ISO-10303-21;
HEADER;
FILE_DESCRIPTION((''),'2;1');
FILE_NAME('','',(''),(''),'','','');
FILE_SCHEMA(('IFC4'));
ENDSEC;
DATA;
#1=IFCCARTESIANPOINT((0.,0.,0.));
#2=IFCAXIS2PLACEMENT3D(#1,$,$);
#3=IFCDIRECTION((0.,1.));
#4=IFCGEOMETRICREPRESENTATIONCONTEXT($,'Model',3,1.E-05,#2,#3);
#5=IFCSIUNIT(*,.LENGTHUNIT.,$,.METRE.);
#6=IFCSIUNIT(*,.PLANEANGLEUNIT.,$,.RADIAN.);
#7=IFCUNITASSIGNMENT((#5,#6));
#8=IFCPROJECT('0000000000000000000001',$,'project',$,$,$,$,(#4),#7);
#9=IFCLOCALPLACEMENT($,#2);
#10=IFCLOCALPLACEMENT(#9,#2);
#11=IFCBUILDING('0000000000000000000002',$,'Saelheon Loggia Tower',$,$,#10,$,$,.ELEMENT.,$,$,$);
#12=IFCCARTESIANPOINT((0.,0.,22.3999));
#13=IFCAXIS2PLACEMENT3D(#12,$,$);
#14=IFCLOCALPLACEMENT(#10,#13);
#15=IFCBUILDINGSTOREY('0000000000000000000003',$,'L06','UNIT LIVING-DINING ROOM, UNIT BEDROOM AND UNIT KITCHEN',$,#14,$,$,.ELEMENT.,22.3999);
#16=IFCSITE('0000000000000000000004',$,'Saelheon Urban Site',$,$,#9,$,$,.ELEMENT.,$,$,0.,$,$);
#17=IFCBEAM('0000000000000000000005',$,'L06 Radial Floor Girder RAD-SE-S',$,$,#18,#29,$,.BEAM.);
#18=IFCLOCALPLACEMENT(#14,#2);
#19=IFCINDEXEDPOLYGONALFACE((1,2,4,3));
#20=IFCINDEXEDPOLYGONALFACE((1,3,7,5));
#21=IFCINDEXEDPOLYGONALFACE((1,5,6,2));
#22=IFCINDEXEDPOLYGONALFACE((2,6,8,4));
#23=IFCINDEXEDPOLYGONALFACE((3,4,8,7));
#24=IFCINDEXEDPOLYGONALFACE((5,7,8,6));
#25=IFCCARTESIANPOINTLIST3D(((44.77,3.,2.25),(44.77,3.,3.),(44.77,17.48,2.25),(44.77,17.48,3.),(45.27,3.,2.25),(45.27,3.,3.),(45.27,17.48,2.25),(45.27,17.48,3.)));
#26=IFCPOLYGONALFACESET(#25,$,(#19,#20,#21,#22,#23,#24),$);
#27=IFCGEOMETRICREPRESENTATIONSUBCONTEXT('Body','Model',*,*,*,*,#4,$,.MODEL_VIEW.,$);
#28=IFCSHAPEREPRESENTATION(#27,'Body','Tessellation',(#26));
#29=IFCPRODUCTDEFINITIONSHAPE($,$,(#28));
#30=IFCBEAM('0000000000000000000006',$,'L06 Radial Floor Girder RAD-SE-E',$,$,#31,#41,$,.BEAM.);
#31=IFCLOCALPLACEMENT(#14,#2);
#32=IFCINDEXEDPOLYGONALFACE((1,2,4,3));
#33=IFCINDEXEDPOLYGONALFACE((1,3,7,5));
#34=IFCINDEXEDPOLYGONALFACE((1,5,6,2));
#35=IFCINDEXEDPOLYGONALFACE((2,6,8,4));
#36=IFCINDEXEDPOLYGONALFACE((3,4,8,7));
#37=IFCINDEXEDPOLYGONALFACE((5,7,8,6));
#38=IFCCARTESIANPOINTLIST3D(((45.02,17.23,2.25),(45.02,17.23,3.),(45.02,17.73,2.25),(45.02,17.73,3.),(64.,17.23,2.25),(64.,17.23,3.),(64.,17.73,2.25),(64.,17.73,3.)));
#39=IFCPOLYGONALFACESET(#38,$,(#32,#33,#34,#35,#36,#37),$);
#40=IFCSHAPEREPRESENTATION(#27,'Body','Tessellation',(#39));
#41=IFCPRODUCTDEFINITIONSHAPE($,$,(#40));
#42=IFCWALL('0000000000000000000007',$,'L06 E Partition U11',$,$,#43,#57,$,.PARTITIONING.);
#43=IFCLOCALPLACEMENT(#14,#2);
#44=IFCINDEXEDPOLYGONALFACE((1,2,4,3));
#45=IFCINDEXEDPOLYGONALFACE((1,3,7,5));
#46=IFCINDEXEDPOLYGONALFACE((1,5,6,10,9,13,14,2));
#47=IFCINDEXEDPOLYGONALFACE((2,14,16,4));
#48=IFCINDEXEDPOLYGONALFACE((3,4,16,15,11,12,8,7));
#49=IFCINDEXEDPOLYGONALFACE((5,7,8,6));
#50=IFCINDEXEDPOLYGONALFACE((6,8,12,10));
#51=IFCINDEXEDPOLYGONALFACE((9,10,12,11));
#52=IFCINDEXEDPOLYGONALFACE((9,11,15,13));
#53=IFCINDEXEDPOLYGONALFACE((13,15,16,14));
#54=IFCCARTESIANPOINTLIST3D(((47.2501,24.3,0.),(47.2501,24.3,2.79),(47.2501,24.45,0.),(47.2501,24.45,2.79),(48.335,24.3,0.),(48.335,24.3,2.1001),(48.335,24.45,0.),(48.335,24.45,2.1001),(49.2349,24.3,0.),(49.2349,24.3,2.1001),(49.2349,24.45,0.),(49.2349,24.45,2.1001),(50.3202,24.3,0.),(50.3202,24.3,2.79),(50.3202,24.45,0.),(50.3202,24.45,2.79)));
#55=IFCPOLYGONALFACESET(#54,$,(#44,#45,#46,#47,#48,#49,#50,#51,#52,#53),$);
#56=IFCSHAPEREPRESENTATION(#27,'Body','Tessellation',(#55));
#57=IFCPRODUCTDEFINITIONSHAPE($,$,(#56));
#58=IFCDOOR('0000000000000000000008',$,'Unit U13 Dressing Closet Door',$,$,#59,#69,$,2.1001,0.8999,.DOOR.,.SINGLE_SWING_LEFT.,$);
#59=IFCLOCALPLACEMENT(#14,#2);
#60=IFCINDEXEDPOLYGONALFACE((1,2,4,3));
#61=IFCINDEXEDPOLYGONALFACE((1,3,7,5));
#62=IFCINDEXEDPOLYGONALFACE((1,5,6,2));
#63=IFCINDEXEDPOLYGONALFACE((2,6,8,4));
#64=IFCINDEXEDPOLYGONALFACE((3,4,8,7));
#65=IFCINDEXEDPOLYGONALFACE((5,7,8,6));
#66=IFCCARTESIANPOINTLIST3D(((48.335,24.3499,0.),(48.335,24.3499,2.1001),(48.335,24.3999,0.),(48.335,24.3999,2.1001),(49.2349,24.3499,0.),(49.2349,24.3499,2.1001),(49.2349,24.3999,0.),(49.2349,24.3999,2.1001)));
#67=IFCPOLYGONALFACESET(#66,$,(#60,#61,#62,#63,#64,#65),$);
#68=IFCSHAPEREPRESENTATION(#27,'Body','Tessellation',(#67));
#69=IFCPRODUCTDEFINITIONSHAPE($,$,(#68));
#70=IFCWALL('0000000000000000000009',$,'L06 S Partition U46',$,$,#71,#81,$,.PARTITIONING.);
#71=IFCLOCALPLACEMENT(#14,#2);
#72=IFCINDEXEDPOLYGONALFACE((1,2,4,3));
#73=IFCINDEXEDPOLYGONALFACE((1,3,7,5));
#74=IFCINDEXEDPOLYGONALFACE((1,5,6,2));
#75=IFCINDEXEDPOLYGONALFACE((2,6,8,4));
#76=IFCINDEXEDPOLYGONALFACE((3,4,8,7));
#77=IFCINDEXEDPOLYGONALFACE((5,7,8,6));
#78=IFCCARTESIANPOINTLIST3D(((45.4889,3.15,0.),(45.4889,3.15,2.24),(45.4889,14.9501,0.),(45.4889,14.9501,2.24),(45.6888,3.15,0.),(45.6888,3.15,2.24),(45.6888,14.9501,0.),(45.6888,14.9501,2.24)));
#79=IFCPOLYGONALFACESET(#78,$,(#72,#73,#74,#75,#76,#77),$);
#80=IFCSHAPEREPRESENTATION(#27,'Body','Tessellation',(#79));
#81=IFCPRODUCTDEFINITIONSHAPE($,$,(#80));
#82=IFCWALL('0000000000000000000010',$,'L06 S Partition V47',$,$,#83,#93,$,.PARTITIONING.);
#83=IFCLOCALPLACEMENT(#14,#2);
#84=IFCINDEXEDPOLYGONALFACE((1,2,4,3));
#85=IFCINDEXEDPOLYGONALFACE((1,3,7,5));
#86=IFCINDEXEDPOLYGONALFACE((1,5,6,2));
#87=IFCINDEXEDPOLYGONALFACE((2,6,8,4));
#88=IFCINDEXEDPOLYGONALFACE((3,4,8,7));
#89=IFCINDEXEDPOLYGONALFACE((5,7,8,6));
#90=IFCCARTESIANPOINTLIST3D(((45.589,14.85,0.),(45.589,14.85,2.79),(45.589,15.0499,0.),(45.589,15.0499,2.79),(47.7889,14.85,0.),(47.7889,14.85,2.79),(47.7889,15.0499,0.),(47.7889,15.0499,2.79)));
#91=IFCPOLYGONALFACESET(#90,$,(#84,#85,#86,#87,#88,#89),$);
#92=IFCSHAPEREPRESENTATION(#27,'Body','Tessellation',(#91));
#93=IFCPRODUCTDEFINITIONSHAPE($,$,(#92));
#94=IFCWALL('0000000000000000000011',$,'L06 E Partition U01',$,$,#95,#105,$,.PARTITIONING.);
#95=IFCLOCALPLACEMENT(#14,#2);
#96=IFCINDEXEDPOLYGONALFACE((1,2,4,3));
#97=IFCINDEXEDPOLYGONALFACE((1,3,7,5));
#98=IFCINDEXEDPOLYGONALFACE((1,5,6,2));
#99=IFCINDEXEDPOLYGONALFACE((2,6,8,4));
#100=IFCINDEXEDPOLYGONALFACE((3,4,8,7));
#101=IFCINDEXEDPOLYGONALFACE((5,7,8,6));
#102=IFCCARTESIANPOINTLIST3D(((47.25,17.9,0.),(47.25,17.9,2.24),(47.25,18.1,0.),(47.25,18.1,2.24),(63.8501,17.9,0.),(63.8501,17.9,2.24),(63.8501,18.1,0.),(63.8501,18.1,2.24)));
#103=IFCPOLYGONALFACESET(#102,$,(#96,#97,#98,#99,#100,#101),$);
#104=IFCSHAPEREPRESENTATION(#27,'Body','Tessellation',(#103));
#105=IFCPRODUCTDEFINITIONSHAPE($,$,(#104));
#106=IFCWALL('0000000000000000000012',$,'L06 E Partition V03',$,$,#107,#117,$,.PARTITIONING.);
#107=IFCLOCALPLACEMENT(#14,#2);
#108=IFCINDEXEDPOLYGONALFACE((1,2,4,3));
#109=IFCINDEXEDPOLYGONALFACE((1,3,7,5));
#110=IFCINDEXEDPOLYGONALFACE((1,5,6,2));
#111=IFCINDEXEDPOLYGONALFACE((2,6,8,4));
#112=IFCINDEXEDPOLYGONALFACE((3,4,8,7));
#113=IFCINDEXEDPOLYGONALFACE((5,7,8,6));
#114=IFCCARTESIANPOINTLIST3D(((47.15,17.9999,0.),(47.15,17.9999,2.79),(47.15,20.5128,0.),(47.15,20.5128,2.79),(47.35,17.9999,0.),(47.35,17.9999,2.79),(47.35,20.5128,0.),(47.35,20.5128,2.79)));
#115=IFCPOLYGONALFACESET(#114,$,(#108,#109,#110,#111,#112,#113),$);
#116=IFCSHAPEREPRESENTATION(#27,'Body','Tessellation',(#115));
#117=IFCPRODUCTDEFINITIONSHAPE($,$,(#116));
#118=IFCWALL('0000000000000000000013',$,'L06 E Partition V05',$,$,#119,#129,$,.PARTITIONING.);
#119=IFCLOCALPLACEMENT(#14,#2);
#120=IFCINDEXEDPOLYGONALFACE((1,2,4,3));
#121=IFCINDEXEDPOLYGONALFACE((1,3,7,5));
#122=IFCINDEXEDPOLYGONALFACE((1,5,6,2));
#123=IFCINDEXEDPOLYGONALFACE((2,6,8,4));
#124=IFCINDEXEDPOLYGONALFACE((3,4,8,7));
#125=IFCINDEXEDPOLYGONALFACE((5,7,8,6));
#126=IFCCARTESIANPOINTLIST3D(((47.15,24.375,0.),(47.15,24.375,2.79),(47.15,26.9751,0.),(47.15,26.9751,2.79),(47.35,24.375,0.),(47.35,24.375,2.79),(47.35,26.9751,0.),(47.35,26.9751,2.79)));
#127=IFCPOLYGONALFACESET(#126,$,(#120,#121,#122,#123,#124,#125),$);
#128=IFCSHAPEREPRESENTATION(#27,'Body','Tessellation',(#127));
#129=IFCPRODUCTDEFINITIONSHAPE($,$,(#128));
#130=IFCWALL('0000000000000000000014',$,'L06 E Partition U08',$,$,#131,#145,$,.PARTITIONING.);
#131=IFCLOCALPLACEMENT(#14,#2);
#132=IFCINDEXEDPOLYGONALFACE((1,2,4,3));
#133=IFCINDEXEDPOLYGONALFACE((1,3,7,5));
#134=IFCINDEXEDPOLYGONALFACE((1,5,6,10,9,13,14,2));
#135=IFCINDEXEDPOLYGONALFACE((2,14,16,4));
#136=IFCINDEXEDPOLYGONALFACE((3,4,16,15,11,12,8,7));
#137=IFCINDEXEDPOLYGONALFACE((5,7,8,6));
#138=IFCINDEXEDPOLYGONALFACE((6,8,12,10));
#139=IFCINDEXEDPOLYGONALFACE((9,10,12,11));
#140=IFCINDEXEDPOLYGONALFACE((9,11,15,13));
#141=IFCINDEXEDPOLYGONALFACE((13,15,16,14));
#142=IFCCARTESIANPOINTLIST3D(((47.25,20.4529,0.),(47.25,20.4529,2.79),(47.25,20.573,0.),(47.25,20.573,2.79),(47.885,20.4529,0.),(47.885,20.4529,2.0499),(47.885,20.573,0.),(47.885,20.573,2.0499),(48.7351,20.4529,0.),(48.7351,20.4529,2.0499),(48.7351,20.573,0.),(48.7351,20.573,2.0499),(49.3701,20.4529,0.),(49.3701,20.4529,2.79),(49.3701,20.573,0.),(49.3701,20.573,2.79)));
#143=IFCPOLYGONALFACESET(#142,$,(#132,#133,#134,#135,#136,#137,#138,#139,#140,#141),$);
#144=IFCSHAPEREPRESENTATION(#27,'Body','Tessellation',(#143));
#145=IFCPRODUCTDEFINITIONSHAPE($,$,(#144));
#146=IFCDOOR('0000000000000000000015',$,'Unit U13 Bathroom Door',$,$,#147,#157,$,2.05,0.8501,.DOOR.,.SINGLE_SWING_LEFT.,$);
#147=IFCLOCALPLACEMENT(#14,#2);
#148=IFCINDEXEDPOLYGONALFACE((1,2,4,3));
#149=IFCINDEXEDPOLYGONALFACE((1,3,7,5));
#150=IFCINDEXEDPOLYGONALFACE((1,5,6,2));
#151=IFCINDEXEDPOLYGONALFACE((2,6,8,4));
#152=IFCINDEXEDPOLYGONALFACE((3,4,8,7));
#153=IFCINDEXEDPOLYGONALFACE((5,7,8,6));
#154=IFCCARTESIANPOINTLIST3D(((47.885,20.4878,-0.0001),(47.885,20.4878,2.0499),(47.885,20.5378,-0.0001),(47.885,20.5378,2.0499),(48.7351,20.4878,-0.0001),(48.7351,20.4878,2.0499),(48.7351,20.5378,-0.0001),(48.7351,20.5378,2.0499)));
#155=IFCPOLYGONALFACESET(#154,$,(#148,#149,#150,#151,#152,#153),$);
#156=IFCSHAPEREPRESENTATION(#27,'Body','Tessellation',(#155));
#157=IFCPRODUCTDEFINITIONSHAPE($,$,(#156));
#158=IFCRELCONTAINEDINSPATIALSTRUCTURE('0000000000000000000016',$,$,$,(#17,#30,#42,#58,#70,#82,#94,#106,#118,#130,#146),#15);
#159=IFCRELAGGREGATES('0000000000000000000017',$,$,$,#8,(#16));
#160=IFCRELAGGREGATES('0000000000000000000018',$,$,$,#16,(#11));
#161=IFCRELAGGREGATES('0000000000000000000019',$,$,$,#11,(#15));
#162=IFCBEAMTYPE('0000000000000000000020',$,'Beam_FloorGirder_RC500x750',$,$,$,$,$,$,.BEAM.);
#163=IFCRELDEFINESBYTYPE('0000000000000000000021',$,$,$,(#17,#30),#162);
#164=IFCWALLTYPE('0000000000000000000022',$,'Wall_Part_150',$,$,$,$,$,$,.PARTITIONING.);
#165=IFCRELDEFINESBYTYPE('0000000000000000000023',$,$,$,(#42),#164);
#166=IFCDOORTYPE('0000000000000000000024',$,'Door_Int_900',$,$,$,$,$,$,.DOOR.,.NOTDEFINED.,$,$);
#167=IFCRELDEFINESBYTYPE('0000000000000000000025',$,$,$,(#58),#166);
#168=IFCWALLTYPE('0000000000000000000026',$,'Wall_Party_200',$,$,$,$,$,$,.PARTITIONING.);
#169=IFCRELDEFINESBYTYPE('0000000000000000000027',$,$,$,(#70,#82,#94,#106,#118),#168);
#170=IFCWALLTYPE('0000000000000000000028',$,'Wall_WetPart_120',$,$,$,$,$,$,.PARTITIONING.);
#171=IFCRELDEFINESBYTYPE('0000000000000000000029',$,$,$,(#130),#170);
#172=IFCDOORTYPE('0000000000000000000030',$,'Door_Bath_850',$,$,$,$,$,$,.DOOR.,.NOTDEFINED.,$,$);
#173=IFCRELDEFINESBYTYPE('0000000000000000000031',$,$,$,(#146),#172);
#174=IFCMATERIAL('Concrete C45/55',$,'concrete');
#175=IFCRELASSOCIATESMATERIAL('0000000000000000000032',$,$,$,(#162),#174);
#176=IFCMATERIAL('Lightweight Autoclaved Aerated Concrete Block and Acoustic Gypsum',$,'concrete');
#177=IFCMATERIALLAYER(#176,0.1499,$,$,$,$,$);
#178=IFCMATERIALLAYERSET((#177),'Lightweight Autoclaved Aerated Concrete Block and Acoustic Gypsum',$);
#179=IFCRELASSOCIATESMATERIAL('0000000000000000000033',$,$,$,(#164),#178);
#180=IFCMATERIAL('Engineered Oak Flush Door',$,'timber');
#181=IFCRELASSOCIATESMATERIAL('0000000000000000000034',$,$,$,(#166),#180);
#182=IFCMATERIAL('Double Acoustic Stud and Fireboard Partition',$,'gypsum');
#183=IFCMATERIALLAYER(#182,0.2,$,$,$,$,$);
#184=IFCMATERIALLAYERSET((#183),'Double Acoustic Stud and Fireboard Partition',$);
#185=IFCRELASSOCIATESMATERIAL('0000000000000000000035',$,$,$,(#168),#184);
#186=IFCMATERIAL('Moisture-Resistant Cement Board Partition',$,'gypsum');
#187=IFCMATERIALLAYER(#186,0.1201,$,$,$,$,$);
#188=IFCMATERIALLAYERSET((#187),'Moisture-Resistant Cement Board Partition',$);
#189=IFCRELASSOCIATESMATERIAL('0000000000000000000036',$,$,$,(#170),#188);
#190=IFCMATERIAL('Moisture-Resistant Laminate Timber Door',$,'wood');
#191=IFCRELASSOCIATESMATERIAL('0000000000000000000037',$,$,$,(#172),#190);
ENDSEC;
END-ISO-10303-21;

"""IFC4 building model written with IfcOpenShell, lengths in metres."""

from ifc_helpers import new_model, si_unit, direction, frame, frame_2d, origin, origin_2d, place, context, subcontext, project, spatial, rectangle, extrude, source, transform, mapped, material, layer, layer_set, material_profile, profile_set, type_object, element, fill, save


model = new_model("IFC4")

# Units and contexts
model_context = context("Model", 3, precision=1e-05, world=origin(), true_north=direction((0.0, 1.0)))
body_context = subcontext(model_context, "Body", "Model", "MODEL_VIEW")
ifc_project = project(units=[si_unit("LENGTHUNIT", "METRE"), si_unit("PLANEANGLEUNIT", "RADIAN")], contexts=[model_context])

# Site, building, storey
site_placement = place(None, origin())
site = spatial("IfcSite", under=ifc_project, at=site_placement, Name="Saelheon Urban Site", CompositionType="ELEMENT", RefElevation=0.0)
building_placement = place(site_placement, origin())
building = spatial("IfcBuilding", under=site, at=building_placement, Name="Saelheon Loggia Tower", CompositionType="ELEMENT")
storey_placement = place(building_placement, frame((0.0, 0.0, 22.3999)))
storey = spatial("IfcBuildingStorey", under=building, at=storey_placement, Name="L06", Description="UNIT LIVING-DINING ROOM, UNIT BEDROOM AND UNIT KITCHEN", CompositionType="ELEMENT", Elevation=22.3999)

# Beams
ifc_material_1 = material(Name="Concrete C45/55", Category="concrete")
ifc_material_profile = material_profile(ifc_material_1, rectangle(XDim=0.5, YDim=0.75, at=origin_2d()), Name="RC-500x750")
ifc_profile_set = profile_set([ifc_material_profile], Name="Concrete C45/55")
beam_type = type_object("IfcBeamType", Name="Beam_FloorGirder_RC500x750", PredefinedType="BEAM", material=ifc_profile_set)
shared_shape_1 = source(origin(), body_context, "Body", "SweptSolid", [
    extrude(rectangle(XDim=0.5, YDim=0.75, at=origin_2d()), origin(), (0.0, 0.0, 1.0), 14.48),
])
beam_1_placement = place(storey_placement, frame((45.02, 17.48, 2.625), z_axis=(0.0, -1.0, 0.0), x_axis=(1.0, 0.0, 0.0)))
element("IfcBeam", 1, at=beam_1_placement, inside=storey, type_object=beam_type, Name="L06 Radial Floor Girder RAD-SE-S", PredefinedType="BEAM", context=body_context, shape_type="MappedRepresentation", body=[
    mapped(shared_shape_1, transform((0.0, 0.0, 0.0), scale=1.0)),
])
shared_shape_2 = source(origin(), body_context, "Body", "SweptSolid", [
    extrude(rectangle(XDim=0.5, YDim=0.75, at=origin_2d()), origin(), (0.0, 0.0, 1.0), 18.98),
])
beam_2_placement = place(storey_placement, frame((45.02, 17.48, 2.625), z_axis=(1.0, 0.0, 0.0), x_axis=(0.0, 1.0, 0.0)))
element("IfcBeam", 2, at=beam_2_placement, inside=storey, type_object=beam_type, Name="L06 Radial Floor Girder RAD-SE-E", PredefinedType="BEAM", context=body_context, shape_type="MappedRepresentation", body=[
    mapped(shared_shape_2, transform((0.0, 0.0, 0.0), scale=1.0)),
])

# Wall, opening, door
ifc_material_2 = material(Name="Lightweight Autoclaved Aerated Concrete Block and Acoustic Gypsum", Category="concrete")
ifc_layer_1 = layer(ifc_material_2, 0.1499)
ifc_layer_set_1 = layer_set([ifc_layer_1], Name="Lightweight Autoclaved Aerated Concrete Block and Acoustic Gypsum")
wall_type_1 = type_object("IfcWallType", Name="Wall_Part_150", PredefinedType="PARTITIONING", material=ifc_layer_set_1)
wall_1_placement = place(storey_placement, frame((47.25, 24.375, 0.0), z_axis=(0.0, 0.0, 1.0), x_axis=(1.0, 0.0, 0.0)))
wall_1 = element("IfcWall", 3, at=wall_1_placement, inside=storey, type_object=wall_type_1, Name="L06 E Partition U11", PredefinedType="PARTITIONING", context=body_context, shape_type="SweptSolid", body=[
    extrude(rectangle(XDim=3.0701, YDim=0.1499, at=frame_2d((1.5352, 0.0))), origin(), (0.0, 0.0, 1.0), 2.79),
])
opening_1_placement = place(wall_1_placement, frame((1.085, 0.0, 0.0)))
opening_1 = element("IfcOpeningElement", 4, at=opening_1_placement, cuts=wall_1, PredefinedType="OPENING", context=body_context, shape_type="SweptSolid", body=[
    extrude(rectangle(XDim=0.8999, YDim=2.1001, at=frame_2d((0.45, 1.05))), frame((0.0, 0.0869, 0.0), z_axis=(0.0, -1.0, 0.0), x_axis=(1.0, 0.0, 0.0)), (0.0, 0.0, 1.0), 0.1738),
])
ifc_material_3 = material(Name="Engineered Oak Flush Door", Category="timber")
door_type_1 = type_object("IfcDoorType", Name="Door_Int_900", OperationType="NOTDEFINED", PredefinedType="DOOR", material=ifc_material_3)
shared_shape_3 = source(origin(), body_context, "Body", "SweptSolid", [
    extrude(rectangle(XDim=0.8999, YDim=2.1001, at=frame_2d((0.45, 1.05))), frame((0.0, 0.0249, 0.0), z_axis=(0.0, -1.0, 0.0), x_axis=(1.0, 0.0, 0.0)), (0.0, 0.0, 1.0), 0.05),
])
door_1_placement = place(opening_1_placement, origin())
door_1 = element("IfcDoor", 5, at=door_1_placement, inside=storey, type_object=door_type_1, Name="Unit U13 Dressing Closet Door", OperationType="SINGLE_SWING_LEFT", OverallHeight=2.1001, OverallWidth=0.8999, PredefinedType="DOOR", context=body_context, shape_type="MappedRepresentation", body=[
    mapped(shared_shape_3, transform((0.0, 0.0, 0.0), scale=1.0)),
])
fill(opening_1, door_1)

# Walls
ifc_material_4 = material(Name="Double Acoustic Stud and Fireboard Partition", Category="gypsum")
ifc_layer_2 = layer(ifc_material_4, 0.2)
ifc_layer_set_2 = layer_set([ifc_layer_2], Name="Double Acoustic Stud and Fireboard Partition")
wall_type_2 = type_object("IfcWallType", Name="Wall_Party_200", PredefinedType="PARTITIONING", material=ifc_layer_set_2)
wall_2_placement = place(storey_placement, frame((45.5889, 14.95, 0.0), z_axis=(0.0, 0.0, 1.0), x_axis=(0.0, -1.0, 0.0)))
element("IfcWall", 6, at=wall_2_placement, inside=storey, type_object=wall_type_2, Name="L06 S Partition U46", PredefinedType="PARTITIONING", context=body_context, shape_type="SweptSolid", body=[
    extrude(rectangle(XDim=11.8, YDim=0.2, at=frame_2d((5.8999, 0.0))), origin(), (0.0, 0.0, 1.0), 2.24),
])
wall_3_placement = place(storey_placement, frame((45.5889, 14.95, 0.0), z_axis=(0.0, 0.0, 1.0), x_axis=(1.0, 0.0, 0.0)))
element("IfcWall", 7, at=wall_3_placement, inside=storey, type_object=wall_type_2, Name="L06 S Partition V47", PredefinedType="PARTITIONING", context=body_context, shape_type="SweptSolid", body=[
    extrude(rectangle(XDim=2.2, YDim=0.2, at=frame_2d((1.1001, 0.0))), origin(), (0.0, 0.0, 1.0), 2.79),
])
wall_4_placement = place(storey_placement, frame((47.25, 18.0, 0.0), z_axis=(0.0, 0.0, 1.0), x_axis=(1.0, 0.0, 0.0)))
element("IfcWall", 8, at=wall_4_placement, inside=storey, type_object=wall_type_2, Name="L06 E Partition U01", PredefinedType="PARTITIONING", context=body_context, shape_type="SweptSolid", body=[
    extrude(rectangle(XDim=16.6001, YDim=0.2, at=frame_2d((8.3, 0.0))), origin(), (0.0, 0.0, 1.0), 2.24),
])
wall_5_placement = place(storey_placement, frame((47.25, 18.0, 0.0), z_axis=(0.0, 0.0, 1.0), x_axis=(0.0, 1.0, 0.0)))
element("IfcWall", 9, at=wall_5_placement, inside=storey, type_object=wall_type_2, Name="L06 E Partition V03", PredefinedType="PARTITIONING", context=body_context, shape_type="SweptSolid", body=[
    extrude(rectangle(XDim=2.5129, YDim=0.2, at=frame_2d((1.2563, 0.0))), origin(), (0.0, 0.0, 1.0), 2.79),
])

# Wall
wall_6_placement = place(storey_placement, frame((47.25, 24.375, 0.0), z_axis=(0.0, 0.0, 1.0), x_axis=(0.0, 1.0, 0.0)))
element("IfcWall", 10, at=wall_6_placement, inside=storey, type_object=wall_type_2, Name="L06 E Partition V05", PredefinedType="PARTITIONING", context=body_context, shape_type="SweptSolid", body=[
    extrude(rectangle(XDim=2.6001, YDim=0.2, at=frame_2d((1.3, 0.0))), origin(), (0.0, 0.0, 1.0), 2.79),
])

# Wall, opening, door
ifc_material_5 = material(Name="Moisture-Resistant Cement Board Partition", Category="gypsum")
ifc_layer_3 = layer(ifc_material_5, 0.1201)
ifc_layer_set_3 = layer_set([ifc_layer_3], Name="Moisture-Resistant Cement Board Partition")
wall_type_3 = type_object("IfcWallType", Name="Wall_WetPart_120", PredefinedType="PARTITIONING", material=ifc_layer_set_3)
wall_7_placement = place(storey_placement, frame((47.25, 20.5129, 0.0), z_axis=(0.0, 0.0, 1.0), x_axis=(1.0, 0.0, 0.0)))
wall_7 = element("IfcWall", 11, at=wall_7_placement, inside=storey, type_object=wall_type_3, Name="L06 E Partition U08", PredefinedType="PARTITIONING", context=body_context, shape_type="SweptSolid", body=[
    extrude(rectangle(XDim=2.1201, YDim=0.1201, at=frame_2d((1.0601, 0.0))), origin(), (0.0, 0.0, 1.0), 2.79),
])
opening_2_placement = place(wall_7_placement, frame((0.635, 0.0, 0.0)))
opening_2 = element("IfcOpeningElement", 12, at=opening_2_placement, cuts=wall_7, PredefinedType="OPENING", context=body_context, shape_type="SweptSolid", body=[
    extrude(rectangle(XDim=0.8501, YDim=2.05, at=frame_2d((0.425, 1.0249))), frame((0.0, 0.072, 0.0), z_axis=(0.0, -1.0, 0.0), x_axis=(1.0, 0.0, 0.0)), (0.0, 0.0, 1.0), 0.144),
])
ifc_material_6 = material(Name="Moisture-Resistant Laminate Timber Door", Category="wood")
door_type_2 = type_object("IfcDoorType", Name="Door_Bath_850", OperationType="NOTDEFINED", PredefinedType="DOOR", material=ifc_material_6)
shared_shape_4 = source(origin(), body_context, "Body", "SweptSolid", [
    extrude(rectangle(XDim=0.8501, YDim=2.05, at=frame_2d((0.425, 1.0249))), frame((0.0, 0.0249, 0.0), z_axis=(0.0, -1.0, 0.0), x_axis=(1.0, 0.0, 0.0)), (0.0, 0.0, 1.0), 0.05),
])
door_2_placement = place(opening_2_placement, origin())
door_2 = element("IfcDoor", 13, at=door_2_placement, inside=storey, type_object=door_type_2, Name="Unit U13 Bathroom Door", OperationType="SINGLE_SWING_LEFT", OverallHeight=2.05, OverallWidth=0.8501, PredefinedType="DOOR", context=body_context, shape_type="MappedRepresentation", body=[
    mapped(shared_shape_4, transform((0.0, 0.0, 0.0), scale=1.0)),
])
fill(opening_2, door_2)

save(model, "model.ifc")
